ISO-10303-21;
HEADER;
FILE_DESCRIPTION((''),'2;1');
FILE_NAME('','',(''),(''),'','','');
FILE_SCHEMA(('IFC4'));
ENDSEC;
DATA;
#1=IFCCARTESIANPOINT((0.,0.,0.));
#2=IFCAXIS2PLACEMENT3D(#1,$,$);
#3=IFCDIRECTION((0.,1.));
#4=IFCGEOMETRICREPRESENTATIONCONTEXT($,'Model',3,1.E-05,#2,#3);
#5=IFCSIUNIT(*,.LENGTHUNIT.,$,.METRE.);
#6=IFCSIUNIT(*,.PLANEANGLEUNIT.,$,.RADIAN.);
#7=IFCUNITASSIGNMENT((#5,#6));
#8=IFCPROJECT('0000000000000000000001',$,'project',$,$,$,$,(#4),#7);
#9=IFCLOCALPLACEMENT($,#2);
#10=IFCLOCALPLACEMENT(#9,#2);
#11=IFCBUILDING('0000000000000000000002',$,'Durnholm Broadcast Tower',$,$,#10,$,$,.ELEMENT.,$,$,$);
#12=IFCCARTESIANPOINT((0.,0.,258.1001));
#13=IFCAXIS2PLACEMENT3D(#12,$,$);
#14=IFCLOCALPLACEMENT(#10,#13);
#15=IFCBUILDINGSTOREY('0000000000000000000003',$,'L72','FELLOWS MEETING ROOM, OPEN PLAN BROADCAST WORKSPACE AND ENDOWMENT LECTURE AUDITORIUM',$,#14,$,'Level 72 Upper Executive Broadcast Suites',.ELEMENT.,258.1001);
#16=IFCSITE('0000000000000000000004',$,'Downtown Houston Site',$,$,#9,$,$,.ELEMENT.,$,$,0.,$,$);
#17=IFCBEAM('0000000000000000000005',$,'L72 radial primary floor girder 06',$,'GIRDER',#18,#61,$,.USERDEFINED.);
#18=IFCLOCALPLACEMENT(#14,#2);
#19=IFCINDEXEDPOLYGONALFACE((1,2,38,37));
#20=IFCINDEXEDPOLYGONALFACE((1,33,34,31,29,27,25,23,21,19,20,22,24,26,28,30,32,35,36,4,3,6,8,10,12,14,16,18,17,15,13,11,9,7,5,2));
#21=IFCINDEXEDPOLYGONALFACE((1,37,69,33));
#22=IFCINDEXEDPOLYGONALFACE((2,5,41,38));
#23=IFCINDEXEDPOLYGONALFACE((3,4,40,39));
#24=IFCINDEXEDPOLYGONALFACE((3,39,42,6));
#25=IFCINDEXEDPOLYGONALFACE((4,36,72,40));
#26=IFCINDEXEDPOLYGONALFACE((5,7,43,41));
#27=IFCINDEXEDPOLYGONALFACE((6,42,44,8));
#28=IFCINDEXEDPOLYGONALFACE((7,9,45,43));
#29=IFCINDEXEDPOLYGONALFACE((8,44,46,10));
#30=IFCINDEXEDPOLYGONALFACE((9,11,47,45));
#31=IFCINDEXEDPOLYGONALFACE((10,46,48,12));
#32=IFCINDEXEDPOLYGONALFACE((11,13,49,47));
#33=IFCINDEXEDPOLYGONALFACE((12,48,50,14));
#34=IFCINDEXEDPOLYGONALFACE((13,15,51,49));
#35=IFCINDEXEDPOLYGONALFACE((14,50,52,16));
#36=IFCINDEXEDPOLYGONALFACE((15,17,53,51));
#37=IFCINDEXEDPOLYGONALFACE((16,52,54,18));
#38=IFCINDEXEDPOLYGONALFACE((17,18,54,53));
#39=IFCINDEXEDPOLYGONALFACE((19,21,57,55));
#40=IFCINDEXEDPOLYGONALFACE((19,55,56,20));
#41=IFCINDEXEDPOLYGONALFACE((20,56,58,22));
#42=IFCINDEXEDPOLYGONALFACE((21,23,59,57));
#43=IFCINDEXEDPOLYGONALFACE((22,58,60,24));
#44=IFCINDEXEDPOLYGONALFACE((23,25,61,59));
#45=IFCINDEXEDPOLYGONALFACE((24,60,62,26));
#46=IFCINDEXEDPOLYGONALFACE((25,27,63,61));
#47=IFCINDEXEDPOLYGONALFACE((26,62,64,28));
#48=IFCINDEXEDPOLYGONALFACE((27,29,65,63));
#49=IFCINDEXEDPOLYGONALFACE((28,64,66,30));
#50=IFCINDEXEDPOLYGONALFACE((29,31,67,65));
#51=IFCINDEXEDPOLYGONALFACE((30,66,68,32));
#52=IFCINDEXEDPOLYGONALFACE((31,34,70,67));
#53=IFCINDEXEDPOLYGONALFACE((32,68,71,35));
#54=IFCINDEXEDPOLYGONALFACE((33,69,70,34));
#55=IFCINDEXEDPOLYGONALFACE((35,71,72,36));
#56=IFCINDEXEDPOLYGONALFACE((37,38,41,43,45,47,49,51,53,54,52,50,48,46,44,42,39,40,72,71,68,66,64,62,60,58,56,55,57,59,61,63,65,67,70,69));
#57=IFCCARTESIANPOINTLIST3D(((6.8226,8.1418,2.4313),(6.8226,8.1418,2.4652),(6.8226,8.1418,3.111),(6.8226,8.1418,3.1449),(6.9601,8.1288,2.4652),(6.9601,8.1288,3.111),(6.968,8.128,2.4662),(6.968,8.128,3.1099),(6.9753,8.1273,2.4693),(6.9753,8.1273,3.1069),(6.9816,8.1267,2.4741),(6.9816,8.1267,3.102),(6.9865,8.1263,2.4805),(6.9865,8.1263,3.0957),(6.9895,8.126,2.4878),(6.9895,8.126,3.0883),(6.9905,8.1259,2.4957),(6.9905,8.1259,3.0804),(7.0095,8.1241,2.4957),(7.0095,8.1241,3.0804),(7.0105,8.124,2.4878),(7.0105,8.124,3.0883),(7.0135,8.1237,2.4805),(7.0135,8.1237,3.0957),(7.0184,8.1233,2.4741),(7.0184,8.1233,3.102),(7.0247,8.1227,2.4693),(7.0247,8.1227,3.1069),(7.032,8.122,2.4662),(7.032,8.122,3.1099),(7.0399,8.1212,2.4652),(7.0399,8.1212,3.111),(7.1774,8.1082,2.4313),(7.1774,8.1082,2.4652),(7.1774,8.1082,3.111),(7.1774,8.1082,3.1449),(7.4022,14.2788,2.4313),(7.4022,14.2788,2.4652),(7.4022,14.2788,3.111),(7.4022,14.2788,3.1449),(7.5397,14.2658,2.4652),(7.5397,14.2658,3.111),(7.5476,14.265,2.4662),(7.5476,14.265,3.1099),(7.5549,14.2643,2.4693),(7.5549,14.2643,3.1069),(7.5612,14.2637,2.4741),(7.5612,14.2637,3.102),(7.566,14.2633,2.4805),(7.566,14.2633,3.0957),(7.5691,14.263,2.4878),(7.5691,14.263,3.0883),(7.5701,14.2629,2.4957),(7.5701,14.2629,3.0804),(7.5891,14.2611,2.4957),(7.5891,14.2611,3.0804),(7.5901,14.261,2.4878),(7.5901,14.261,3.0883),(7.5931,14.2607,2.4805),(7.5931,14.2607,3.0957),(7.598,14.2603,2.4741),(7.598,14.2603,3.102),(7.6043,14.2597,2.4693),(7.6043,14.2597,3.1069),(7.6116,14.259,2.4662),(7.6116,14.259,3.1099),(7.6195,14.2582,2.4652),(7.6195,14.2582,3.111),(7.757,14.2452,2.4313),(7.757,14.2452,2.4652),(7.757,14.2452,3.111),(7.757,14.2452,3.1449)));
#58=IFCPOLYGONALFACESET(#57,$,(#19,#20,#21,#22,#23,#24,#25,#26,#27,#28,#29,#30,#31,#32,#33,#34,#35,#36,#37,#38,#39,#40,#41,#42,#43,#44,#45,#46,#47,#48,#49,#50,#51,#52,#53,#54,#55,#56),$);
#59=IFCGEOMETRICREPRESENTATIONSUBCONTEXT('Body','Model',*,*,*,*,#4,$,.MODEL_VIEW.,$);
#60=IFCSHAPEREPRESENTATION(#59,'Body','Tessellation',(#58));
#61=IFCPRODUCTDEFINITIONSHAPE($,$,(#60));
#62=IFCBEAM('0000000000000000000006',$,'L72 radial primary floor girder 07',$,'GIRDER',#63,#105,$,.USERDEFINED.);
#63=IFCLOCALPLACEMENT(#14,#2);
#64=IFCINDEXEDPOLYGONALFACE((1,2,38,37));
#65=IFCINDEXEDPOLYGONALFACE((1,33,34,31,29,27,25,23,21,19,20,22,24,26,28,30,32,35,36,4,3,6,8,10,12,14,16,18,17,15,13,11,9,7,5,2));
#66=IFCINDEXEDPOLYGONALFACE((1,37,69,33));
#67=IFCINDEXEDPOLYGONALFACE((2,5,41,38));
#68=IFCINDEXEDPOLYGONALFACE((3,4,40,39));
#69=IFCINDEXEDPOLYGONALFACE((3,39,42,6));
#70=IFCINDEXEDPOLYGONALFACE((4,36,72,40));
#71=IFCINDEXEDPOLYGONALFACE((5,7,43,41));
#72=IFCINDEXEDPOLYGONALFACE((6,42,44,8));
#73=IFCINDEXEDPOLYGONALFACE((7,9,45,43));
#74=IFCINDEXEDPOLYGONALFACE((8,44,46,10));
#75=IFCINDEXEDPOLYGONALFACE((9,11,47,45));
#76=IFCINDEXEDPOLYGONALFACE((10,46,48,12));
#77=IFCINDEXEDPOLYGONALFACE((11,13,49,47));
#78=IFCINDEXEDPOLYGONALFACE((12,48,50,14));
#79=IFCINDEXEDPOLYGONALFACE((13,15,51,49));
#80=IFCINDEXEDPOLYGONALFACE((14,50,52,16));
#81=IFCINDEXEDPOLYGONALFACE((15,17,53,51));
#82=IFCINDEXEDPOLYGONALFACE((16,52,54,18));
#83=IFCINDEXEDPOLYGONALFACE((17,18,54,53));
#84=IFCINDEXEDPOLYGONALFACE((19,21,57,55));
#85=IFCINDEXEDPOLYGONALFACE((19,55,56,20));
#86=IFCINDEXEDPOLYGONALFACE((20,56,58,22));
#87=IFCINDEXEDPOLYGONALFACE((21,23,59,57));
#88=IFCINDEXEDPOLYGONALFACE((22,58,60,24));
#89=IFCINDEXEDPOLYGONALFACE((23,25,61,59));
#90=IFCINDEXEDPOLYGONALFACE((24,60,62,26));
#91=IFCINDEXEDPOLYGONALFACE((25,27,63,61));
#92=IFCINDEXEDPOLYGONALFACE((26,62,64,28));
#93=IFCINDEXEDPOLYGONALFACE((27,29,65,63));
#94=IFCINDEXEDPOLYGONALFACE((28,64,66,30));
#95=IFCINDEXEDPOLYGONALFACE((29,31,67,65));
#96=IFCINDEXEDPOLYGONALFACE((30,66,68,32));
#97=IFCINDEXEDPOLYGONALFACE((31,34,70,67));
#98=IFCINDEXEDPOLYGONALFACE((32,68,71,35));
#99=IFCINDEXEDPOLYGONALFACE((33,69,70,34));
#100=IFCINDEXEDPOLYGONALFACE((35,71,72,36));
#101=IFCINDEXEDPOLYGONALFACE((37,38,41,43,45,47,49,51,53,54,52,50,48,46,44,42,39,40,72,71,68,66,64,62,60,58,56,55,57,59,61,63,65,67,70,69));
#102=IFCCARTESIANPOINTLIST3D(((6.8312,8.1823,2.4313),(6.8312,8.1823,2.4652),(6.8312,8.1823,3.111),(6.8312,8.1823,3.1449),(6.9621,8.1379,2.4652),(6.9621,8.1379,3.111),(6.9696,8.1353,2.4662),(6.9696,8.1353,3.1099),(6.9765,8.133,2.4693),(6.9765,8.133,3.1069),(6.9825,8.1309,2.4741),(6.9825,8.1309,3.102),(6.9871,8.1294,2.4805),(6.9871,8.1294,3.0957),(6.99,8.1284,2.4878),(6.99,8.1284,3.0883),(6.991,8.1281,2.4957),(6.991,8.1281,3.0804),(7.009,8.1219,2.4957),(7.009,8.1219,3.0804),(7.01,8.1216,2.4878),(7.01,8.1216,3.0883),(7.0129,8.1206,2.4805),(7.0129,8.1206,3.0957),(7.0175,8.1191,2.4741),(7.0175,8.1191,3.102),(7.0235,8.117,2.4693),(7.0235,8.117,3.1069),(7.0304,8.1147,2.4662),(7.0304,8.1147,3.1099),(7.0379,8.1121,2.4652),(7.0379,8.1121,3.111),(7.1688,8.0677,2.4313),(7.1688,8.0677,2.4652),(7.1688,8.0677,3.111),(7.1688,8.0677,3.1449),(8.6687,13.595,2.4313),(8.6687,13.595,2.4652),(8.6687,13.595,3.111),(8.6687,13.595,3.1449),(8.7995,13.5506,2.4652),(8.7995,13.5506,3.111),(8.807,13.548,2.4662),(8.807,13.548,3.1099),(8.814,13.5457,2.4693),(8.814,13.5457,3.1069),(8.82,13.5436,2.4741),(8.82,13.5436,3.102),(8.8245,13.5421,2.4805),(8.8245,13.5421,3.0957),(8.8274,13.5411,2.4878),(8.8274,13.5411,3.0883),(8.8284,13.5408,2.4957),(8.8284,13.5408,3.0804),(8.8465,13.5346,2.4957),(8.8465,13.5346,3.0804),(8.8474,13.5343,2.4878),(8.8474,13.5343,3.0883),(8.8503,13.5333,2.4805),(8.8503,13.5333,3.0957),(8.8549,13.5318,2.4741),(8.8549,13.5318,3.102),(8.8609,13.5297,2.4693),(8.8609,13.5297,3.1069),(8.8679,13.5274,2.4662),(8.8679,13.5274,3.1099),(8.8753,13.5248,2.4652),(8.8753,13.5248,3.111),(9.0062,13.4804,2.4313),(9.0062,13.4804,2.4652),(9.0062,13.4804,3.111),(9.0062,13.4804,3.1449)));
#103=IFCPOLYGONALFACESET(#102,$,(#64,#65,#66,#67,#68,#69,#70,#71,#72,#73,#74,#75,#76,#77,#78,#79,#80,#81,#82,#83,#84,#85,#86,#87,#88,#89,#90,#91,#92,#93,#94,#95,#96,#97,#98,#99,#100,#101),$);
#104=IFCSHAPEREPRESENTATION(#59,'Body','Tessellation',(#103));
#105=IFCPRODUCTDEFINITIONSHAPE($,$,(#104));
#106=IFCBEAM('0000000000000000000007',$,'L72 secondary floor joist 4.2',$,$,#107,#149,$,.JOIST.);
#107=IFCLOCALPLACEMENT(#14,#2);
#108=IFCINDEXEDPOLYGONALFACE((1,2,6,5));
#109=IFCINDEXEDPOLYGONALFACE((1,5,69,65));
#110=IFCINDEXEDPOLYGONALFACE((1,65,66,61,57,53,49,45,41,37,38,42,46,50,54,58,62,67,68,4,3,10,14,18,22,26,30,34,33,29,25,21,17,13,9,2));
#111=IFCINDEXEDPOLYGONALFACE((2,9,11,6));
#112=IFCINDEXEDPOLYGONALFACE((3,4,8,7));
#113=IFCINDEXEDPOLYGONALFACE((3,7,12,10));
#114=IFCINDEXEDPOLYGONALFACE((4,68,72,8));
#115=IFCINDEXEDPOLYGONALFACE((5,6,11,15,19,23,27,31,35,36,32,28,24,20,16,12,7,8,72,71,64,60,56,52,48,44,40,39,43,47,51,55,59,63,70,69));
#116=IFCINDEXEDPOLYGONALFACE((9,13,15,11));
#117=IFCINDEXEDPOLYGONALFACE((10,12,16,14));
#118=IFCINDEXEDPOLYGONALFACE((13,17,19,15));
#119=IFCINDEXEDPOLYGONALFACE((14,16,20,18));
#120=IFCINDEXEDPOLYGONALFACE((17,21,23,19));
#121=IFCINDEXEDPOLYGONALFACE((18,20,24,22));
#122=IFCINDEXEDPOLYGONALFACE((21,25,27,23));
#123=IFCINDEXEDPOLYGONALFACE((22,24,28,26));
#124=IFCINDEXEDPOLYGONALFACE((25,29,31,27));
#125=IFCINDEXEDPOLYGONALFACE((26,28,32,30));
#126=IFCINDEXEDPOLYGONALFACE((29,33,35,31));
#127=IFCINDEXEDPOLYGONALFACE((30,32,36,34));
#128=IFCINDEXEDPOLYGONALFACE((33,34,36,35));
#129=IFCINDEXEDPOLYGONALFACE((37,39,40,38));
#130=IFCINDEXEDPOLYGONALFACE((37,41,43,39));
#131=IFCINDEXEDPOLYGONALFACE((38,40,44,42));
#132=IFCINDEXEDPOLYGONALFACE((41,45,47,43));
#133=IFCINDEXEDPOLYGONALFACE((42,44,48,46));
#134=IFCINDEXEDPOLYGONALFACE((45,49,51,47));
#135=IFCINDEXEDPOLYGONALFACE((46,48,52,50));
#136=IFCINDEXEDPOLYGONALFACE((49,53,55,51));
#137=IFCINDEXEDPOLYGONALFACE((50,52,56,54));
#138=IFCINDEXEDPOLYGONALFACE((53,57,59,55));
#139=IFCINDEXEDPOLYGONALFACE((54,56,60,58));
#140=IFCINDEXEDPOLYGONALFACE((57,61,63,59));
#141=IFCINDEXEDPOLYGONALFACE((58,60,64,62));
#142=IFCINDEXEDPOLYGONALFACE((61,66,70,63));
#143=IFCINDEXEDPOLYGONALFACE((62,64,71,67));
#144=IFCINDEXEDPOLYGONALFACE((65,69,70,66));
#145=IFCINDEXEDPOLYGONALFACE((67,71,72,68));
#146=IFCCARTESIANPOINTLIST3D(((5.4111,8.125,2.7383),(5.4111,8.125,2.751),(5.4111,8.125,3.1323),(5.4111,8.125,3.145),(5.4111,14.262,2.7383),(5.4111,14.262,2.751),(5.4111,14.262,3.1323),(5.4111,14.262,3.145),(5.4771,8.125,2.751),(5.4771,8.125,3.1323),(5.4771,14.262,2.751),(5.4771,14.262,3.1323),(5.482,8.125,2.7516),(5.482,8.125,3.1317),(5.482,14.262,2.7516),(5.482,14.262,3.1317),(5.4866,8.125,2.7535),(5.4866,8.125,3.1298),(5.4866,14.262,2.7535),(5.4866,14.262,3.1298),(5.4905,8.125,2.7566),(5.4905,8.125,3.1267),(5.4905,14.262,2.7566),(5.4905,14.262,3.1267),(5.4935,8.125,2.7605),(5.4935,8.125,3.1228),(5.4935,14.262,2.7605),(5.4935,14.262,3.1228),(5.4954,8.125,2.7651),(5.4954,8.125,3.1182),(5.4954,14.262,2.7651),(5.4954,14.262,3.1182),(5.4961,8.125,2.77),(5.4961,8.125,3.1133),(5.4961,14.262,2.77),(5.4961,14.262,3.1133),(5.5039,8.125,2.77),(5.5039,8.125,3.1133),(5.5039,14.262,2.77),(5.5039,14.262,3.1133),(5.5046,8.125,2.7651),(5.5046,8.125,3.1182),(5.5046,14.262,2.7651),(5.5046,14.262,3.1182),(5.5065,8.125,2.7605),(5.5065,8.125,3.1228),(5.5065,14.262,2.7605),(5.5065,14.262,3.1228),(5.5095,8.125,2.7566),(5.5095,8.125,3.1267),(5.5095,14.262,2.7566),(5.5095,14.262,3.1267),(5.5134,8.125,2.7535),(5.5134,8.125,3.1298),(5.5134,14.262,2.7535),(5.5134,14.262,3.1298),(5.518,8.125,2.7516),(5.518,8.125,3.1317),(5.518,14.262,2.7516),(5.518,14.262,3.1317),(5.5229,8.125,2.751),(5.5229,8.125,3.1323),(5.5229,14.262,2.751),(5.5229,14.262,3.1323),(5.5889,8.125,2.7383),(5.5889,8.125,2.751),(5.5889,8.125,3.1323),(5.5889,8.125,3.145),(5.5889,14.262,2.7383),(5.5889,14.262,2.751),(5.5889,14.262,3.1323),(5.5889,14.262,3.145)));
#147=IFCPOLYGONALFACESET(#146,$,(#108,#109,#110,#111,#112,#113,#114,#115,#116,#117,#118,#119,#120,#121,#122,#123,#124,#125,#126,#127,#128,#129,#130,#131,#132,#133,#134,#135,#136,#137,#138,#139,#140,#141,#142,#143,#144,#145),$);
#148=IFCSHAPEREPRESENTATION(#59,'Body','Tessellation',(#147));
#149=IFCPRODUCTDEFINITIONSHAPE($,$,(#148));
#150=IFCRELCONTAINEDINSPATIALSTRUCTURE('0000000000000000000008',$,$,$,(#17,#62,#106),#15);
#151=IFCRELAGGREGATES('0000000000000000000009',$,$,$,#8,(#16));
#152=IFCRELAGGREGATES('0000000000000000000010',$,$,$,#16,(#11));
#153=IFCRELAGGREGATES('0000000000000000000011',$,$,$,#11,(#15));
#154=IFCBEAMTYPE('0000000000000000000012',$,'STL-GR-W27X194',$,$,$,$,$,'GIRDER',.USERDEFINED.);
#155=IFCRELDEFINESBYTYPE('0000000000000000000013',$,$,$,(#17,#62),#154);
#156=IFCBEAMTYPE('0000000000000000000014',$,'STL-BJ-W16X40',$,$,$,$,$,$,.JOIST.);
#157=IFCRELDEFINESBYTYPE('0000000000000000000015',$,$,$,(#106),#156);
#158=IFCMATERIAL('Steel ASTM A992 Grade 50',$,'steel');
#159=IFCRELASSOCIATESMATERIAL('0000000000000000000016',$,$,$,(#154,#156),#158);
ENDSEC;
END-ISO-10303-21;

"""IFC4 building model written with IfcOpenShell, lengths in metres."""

from ifc_helpers import new_model, si_unit, direction, frame, origin, origin_2d, place, context, subcontext, project, spatial, i_section, extrude, source, transform, mapped, material, material_profile, profile_set, type_object, type_shapes, element, save


model = new_model("IFC4")

# Units and contexts
model_context = context("Model", 3, precision=1e-05, world=origin(), true_north=direction((0.0, 1.0)))
body_context = subcontext(model_context, "Body", "Model", "MODEL_VIEW")
ifc_project = project(units=[si_unit("LENGTHUNIT", "METRE"), si_unit("PLANEANGLEUNIT", "RADIAN")], contexts=[model_context])

# Site, building, storey
site_placement = place(None, origin())
site = spatial("IfcSite", under=ifc_project, at=site_placement, Name="Downtown Houston Site", CompositionType="ELEMENT", RefElevation=0.0)
building_placement = place(site_placement, origin())
building = spatial("IfcBuilding", under=site, at=building_placement, Name="Durnholm Broadcast Tower", CompositionType="ELEMENT")
storey_placement = place(building_placement, frame((0.0, 0.0, 258.1001)))
storey = spatial("IfcBuildingStorey", under=building, at=storey_placement, Name="L72", Description="FELLOWS MEETING ROOM, OPEN PLAN BROADCAST WORKSPACE AND ENDOWMENT LECTURE AUDITORIUM", LongName="Level 72 Upper Executive Broadcast Suites", CompositionType="ELEMENT", Elevation=258.1001)

# Beams
ifc_material_1 = material(Name="Steel ASTM A992 Grade 50", Category="steel")
ifc_material_profile_1 = material_profile(ifc_material_1, i_section(OverallWidth=0.3564, OverallDepth=0.7136, WebThickness=0.019, FlangeThickness=0.0339, FilletRadius=0.0305, at=origin_2d()), Name="W27X194")
ifc_profile_set_1 = profile_set([ifc_material_profile_1], Name="Steel ASTM A992 Grade 50")
beam_type_1 = type_object("IfcBeamType", Name="STL-GR-W27X194", ElementType="GIRDER", PredefinedType="USERDEFINED", material=ifc_profile_set_1)
shared_shape_1 = source(origin(), body_context, "Body", "SweptSolid", [
    extrude(i_section(OverallWidth=0.3564, OverallDepth=0.7136, WebThickness=0.019, FlangeThickness=0.0339, FilletRadius=0.0305, at=origin_2d()), origin(), (0.0, 0.0, 1.0), 6.1643),
])
beam_1_placement = place(storey_placement, frame((7.0, 8.125, 2.7881), z_axis=(0.094024, 0.99557, 0.0), x_axis=(-0.99557, 0.094024, 0.0)))
element("IfcBeam", 1, at=beam_1_placement, inside=storey, type_object=beam_type_1, Name="L72 radial primary floor girder 06", ObjectType="GIRDER", PredefinedType="USERDEFINED", context=body_context, shape_type="MappedRepresentation", body=[
    mapped(shared_shape_1, transform((0.0, 0.0, 0.0), x_axis=(1.0, 0.0, 0.0), y_axis=(0.0, 1.0, 0.0), z_axis=(0.0, 0.0, 1.0), scale=1.0)),
])
shared_shape_2 = source(origin(), body_context, "Body", "SweptSolid", [
    extrude(i_section(OverallWidth=0.3564, OverallDepth=0.7136, WebThickness=0.019, FlangeThickness=0.0339, FilletRadius=0.0305, at=origin_2d()), origin(), (0.0, 0.0, 1.0), 5.7161),
])
type_shapes(beam_type_1, [shared_shape_1, shared_shape_2])
beam_2_placement = place(storey_placement, frame((7.0, 8.125, 2.7881), z_axis=(0.321451, 0.946926, 0.0), x_axis=(-0.946926, 0.321451, 0.0)))
element("IfcBeam", 2, at=beam_2_placement, inside=storey, type_object=beam_type_1, Name="L72 radial primary floor girder 07", ObjectType="GIRDER", PredefinedType="USERDEFINED", context=body_context, shape_type="MappedRepresentation", body=[
    mapped(shared_shape_2, transform((0.0, 0.0, 0.0), x_axis=(1.0, 0.0, 0.0), y_axis=(0.0, 1.0, 0.0), z_axis=(0.0, 0.0, 1.0), scale=1.0)),
])
ifc_material_profile_2 = material_profile(ifc_material_1, i_section(OverallWidth=0.1777, OverallDepth=0.4067, WebThickness=0.0078, FlangeThickness=0.0127, FilletRadius=0.019, at=origin_2d()), Name="W16X40")
ifc_profile_set_2 = profile_set([ifc_material_profile_2], Name="Steel ASTM A992 Grade 50")
beam_type_2 = type_object("IfcBeamType", Name="STL-BJ-W16X40", PredefinedType="JOIST", material=ifc_profile_set_2)
shared_shape_3 = source(origin(), body_context, "Body", "SweptSolid", [
    extrude(i_section(OverallWidth=0.1777, OverallDepth=0.4067, WebThickness=0.0078, FlangeThickness=0.0127, FilletRadius=0.019, at=origin_2d()), origin(), (0.0, 0.0, 1.0), 6.137),
])
type_shapes(beam_type_2, [shared_shape_3])
beam_3_placement = place(storey_placement, frame((5.5, 8.125, 2.9417), z_axis=(0.0, 1.0, 0.0), x_axis=(-1.0, 0.0, 0.0)))
element("IfcBeam", 3, at=beam_3_placement, inside=storey, type_object=beam_type_2, Name="L72 secondary floor joist 4.2", PredefinedType="JOIST", context=body_context, shape_type="MappedRepresentation", body=[
    mapped(shared_shape_3, transform((0.0, 0.0, 0.0), x_axis=(1.0, 0.0, 0.0), y_axis=(0.0, 1.0, 0.0), z_axis=(0.0, 0.0, 1.0), scale=1.0)),
])

save(model, "model.ifc")
